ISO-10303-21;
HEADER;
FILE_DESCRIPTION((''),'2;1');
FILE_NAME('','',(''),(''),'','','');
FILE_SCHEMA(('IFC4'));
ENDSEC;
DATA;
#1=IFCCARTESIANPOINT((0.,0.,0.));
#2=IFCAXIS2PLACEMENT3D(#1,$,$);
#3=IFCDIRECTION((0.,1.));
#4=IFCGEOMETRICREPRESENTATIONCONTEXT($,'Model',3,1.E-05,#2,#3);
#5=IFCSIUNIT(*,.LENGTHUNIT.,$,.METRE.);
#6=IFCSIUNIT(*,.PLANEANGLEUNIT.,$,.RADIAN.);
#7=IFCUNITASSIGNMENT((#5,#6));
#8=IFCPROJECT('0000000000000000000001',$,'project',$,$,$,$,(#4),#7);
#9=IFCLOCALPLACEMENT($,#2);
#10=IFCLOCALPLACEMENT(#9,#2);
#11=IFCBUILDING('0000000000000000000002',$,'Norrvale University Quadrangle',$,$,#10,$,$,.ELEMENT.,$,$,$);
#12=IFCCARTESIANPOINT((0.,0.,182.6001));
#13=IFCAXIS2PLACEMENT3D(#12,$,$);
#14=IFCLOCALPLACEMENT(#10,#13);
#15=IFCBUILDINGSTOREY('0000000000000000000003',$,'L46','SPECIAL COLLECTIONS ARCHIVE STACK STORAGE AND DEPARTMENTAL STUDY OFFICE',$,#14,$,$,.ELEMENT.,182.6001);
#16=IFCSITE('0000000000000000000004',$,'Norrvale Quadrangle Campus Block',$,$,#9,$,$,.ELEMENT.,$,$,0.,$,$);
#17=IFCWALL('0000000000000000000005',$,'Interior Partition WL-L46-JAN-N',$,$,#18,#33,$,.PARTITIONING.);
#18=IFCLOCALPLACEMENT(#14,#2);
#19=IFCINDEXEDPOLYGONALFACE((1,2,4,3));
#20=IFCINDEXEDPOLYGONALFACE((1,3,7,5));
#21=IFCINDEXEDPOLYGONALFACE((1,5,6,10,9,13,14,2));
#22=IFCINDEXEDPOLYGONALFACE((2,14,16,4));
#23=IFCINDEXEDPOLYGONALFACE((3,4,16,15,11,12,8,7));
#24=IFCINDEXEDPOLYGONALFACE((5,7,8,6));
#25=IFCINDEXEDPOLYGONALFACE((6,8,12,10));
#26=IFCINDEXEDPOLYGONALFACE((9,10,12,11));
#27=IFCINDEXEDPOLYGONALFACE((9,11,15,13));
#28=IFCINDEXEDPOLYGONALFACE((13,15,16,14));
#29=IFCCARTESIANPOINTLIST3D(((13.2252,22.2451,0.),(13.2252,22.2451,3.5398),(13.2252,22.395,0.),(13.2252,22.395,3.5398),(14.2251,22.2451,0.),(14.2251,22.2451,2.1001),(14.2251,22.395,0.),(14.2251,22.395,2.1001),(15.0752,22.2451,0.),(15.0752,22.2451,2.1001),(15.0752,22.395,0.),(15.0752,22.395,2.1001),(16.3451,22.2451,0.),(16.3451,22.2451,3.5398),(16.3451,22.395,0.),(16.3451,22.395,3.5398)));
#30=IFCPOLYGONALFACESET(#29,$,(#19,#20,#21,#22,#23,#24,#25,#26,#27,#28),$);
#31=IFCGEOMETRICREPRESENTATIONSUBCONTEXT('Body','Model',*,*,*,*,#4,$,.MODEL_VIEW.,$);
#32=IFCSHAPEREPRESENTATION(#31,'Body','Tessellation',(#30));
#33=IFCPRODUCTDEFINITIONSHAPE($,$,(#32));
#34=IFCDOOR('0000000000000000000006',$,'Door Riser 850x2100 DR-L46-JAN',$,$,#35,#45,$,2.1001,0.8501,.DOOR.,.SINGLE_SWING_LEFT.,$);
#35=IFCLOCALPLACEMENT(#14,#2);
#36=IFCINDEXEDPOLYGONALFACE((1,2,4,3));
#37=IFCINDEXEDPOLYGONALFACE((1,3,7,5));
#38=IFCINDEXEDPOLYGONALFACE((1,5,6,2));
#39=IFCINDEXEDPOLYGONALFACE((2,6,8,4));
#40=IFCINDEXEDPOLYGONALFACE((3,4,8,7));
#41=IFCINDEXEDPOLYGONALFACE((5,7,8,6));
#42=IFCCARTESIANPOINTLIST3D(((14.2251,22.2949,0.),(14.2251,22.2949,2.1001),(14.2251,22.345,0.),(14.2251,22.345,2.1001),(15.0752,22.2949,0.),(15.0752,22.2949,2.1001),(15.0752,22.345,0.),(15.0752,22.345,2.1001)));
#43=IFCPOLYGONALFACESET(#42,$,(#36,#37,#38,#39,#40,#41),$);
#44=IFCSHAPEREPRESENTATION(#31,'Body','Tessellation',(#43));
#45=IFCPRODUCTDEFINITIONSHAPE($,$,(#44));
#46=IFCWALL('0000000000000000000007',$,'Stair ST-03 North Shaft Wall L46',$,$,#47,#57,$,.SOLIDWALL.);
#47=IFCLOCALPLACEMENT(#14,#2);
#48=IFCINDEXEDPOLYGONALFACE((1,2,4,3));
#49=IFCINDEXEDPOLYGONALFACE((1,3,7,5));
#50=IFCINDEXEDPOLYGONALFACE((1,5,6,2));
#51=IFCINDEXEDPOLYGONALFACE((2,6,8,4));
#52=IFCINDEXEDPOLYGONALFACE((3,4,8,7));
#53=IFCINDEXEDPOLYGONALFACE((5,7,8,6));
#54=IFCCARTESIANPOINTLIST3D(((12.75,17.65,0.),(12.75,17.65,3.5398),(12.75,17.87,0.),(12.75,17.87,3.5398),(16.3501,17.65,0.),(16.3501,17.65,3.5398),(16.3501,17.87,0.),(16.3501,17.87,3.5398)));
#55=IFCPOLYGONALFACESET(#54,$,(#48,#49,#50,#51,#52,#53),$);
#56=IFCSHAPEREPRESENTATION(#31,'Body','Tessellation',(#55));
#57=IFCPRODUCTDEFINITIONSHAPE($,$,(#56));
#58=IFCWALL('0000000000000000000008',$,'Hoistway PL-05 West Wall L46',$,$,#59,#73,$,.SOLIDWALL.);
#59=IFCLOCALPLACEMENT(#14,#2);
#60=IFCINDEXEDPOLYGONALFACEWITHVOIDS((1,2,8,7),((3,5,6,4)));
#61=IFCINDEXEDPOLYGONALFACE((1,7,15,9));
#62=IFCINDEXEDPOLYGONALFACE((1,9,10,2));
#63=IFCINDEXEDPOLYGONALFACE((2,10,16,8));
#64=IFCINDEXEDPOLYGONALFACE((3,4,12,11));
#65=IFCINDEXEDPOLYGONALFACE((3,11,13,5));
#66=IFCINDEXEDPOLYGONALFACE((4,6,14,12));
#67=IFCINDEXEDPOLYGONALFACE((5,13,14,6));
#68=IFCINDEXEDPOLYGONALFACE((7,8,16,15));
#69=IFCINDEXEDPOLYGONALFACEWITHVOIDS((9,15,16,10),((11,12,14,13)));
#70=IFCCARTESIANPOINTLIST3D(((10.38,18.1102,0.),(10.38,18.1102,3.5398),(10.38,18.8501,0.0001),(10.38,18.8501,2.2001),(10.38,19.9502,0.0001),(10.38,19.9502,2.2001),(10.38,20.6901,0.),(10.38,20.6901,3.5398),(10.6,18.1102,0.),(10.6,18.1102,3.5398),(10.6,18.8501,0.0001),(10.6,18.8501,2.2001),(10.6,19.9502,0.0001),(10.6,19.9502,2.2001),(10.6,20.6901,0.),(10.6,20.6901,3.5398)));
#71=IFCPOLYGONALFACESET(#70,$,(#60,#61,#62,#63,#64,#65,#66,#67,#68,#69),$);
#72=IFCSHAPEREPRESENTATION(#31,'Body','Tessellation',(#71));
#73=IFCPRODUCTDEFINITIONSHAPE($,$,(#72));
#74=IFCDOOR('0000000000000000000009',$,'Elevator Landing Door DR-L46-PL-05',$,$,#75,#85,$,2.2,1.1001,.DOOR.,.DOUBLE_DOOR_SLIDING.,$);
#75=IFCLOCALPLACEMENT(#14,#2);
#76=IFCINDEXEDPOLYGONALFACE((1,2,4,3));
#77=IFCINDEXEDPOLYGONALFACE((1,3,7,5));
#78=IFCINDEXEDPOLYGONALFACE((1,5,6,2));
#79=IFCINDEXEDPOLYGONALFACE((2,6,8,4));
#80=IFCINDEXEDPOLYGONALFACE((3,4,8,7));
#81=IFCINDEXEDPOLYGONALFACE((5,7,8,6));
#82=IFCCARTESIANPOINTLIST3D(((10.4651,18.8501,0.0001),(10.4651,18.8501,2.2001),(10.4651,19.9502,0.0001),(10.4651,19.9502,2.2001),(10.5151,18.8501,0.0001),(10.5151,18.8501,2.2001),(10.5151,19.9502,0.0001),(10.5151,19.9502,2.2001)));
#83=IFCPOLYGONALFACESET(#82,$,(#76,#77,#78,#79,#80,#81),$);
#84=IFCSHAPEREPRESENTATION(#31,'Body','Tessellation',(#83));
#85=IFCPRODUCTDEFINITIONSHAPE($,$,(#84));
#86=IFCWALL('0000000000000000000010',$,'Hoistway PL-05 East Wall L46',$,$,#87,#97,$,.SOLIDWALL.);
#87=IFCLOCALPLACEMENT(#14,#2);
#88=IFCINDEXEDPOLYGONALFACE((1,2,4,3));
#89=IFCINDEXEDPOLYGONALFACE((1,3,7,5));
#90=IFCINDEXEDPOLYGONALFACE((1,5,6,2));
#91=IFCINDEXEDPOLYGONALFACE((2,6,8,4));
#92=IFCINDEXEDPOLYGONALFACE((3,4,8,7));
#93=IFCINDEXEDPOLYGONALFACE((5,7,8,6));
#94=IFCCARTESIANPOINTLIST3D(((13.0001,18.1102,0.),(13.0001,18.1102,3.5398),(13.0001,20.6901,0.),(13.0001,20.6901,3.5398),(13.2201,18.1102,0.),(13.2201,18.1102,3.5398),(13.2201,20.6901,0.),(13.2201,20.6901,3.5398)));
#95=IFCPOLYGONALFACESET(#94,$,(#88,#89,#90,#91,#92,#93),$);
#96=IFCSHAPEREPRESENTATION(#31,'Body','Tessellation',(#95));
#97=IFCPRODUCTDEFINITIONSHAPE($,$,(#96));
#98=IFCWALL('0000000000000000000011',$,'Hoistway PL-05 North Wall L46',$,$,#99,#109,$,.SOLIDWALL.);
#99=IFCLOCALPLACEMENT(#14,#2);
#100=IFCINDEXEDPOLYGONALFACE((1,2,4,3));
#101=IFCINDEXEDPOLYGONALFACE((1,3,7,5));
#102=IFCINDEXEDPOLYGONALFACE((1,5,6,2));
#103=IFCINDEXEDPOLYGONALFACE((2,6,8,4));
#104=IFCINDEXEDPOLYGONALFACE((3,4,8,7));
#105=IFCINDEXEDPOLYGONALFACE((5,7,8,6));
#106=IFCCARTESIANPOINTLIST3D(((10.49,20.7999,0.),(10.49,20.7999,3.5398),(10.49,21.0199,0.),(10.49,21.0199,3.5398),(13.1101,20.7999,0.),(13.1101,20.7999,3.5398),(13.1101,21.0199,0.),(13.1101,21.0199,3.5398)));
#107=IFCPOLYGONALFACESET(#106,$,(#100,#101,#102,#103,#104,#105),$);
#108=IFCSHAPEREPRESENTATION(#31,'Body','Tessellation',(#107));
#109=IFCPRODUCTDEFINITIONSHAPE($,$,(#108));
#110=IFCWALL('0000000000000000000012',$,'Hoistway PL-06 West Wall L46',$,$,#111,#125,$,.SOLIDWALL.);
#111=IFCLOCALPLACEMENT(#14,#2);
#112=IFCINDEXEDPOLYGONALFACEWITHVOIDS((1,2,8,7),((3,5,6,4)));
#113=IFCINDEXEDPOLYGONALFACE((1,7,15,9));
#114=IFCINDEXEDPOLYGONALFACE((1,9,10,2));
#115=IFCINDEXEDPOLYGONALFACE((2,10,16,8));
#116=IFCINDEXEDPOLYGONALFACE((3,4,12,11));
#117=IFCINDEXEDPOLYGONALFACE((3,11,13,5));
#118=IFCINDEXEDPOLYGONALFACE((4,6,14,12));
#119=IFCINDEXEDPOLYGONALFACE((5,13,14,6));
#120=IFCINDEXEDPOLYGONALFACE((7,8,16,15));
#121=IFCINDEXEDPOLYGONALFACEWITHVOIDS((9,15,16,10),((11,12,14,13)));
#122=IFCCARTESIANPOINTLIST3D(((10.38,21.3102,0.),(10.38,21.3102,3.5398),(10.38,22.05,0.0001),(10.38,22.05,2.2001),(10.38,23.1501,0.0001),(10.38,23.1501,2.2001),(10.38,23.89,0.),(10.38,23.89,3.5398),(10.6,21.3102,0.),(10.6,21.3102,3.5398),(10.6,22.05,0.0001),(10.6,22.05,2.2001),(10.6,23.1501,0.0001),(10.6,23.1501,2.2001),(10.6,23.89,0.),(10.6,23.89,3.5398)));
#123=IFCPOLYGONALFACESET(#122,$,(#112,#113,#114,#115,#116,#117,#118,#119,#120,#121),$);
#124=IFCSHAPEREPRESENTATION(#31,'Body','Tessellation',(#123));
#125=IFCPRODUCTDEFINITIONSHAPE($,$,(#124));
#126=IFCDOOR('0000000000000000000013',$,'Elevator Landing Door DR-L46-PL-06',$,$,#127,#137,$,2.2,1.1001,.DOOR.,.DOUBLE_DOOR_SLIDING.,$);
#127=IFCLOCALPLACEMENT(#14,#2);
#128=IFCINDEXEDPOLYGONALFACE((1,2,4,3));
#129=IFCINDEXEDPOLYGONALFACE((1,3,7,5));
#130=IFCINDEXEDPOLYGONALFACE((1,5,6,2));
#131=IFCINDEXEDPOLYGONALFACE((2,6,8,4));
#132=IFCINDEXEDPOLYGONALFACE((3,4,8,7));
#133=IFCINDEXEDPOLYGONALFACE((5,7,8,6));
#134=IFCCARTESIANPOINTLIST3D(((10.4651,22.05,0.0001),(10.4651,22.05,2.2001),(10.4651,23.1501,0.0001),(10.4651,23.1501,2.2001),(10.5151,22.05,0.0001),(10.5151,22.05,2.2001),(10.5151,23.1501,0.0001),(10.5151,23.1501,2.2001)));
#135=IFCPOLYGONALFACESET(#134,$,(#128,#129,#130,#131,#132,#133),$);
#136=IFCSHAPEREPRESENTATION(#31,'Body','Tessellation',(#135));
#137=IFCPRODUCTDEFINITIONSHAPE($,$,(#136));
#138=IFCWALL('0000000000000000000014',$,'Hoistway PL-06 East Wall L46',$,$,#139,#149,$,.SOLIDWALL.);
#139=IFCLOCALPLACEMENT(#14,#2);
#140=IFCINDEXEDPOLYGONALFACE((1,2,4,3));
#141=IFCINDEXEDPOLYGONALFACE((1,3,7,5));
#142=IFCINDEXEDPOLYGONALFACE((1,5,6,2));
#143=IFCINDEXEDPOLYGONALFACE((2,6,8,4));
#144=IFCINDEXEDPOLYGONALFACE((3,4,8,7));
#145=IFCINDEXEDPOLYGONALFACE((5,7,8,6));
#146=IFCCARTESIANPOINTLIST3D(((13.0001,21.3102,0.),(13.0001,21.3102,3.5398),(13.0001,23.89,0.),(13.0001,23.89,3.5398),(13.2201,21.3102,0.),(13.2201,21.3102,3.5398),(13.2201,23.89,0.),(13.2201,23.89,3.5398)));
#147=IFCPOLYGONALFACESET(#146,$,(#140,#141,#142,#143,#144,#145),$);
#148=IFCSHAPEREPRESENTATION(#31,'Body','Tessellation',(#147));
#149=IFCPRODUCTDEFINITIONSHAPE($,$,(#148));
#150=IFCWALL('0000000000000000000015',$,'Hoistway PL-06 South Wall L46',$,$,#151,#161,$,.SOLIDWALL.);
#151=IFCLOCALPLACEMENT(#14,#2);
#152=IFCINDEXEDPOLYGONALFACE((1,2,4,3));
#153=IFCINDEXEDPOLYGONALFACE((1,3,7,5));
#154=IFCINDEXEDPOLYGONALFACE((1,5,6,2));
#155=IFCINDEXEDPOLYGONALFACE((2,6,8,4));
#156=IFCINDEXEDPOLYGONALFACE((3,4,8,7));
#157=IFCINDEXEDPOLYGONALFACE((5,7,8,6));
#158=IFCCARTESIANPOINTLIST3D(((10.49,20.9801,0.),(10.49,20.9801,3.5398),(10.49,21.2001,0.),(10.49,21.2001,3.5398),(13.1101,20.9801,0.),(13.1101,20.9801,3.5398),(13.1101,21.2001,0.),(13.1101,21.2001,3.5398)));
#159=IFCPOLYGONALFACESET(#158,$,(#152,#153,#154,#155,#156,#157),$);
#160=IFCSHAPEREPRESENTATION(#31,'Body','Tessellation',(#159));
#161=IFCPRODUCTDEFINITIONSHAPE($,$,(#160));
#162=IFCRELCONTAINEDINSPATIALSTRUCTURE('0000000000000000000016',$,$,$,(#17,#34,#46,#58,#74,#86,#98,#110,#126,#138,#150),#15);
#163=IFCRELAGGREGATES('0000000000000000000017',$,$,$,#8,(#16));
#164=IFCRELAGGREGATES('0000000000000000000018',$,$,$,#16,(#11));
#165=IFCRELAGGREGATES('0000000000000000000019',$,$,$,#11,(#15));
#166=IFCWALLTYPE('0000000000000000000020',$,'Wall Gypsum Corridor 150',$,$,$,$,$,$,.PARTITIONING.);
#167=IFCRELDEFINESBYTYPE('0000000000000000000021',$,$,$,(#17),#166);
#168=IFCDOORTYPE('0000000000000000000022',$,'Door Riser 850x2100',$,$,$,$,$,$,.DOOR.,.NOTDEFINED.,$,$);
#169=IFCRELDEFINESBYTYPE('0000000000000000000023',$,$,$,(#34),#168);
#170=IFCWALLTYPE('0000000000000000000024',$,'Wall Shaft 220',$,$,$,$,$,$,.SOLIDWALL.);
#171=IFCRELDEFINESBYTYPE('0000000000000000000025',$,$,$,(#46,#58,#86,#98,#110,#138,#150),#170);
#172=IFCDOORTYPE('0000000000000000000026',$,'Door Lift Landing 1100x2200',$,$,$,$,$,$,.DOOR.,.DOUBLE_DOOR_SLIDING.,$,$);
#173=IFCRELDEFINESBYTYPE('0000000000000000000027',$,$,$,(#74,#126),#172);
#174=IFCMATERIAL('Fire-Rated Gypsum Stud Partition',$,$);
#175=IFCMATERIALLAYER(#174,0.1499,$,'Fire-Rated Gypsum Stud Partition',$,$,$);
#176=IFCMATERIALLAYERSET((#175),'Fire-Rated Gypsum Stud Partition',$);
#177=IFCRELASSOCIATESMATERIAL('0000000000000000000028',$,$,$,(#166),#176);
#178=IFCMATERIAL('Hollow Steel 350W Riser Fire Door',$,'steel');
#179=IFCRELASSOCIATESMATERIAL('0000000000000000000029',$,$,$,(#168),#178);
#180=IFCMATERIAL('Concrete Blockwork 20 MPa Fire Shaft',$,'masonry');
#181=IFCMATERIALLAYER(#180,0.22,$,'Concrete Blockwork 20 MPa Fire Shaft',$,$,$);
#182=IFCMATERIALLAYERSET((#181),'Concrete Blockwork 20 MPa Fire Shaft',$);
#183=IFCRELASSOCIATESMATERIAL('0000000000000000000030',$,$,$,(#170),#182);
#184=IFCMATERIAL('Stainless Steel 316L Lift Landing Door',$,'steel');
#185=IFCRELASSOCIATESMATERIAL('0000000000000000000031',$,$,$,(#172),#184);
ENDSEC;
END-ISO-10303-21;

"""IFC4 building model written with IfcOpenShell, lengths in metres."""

from ifc_helpers import new_model, si_unit, direction, frame, frame_2d, origin, place, context, subcontext, project, spatial, rectangle, extrude, material, layer, layer_set, type_object, element, fill, save


model = new_model("IFC4")

# Units and contexts
model_context = context("Model", 3, precision=1e-05, world=origin(), true_north=direction((0.0, 1.0)))
body_context = subcontext(model_context, "Body", "Model", "MODEL_VIEW")
ifc_project = project(units=[si_unit("LENGTHUNIT", "METRE"), si_unit("PLANEANGLEUNIT", "RADIAN")], contexts=[model_context])

# Site, building, storey
site_placement = place(None, origin())
site = spatial("IfcSite", under=ifc_project, at=site_placement, Name="Norrvale Quadrangle Campus Block", CompositionType="ELEMENT", RefElevation=0.0)
building_placement = place(site_placement, origin())
building = spatial("IfcBuilding", under=site, at=building_placement, Name="Norrvale University Quadrangle", CompositionType="ELEMENT")
storey_placement = place(building_placement, frame((0.0, 0.0, 182.6001)))
storey = spatial("IfcBuildingStorey", under=building, at=storey_placement, Name="L46", Description="SPECIAL COLLECTIONS ARCHIVE STACK STORAGE AND DEPARTMENTAL STUDY OFFICE", CompositionType="ELEMENT", Elevation=182.6001)

# Shared definitions
ifc_material_1 = material(Name="Fire-Rated Gypsum Stud Partition")
ifc_layer_1 = layer(ifc_material_1, 0.1499, Name="Fire-Rated Gypsum Stud Partition")
ifc_layer_set_1 = layer_set([ifc_layer_1], Name="Fire-Rated Gypsum Stud Partition")
wall_type_1 = type_object("IfcWallType", Name="Wall Gypsum Corridor 150", PredefinedType="PARTITIONING", material=ifc_layer_set_1)
ifc_material_2 = material(Name="Hollow Steel 350W Riser Fire Door", Category="steel")
door_type_1 = type_object("IfcDoorType", Name="Door Riser 850x2100", OperationType="NOTDEFINED", PredefinedType="DOOR", material=ifc_material_2)

# Wall, opening, door
wall_1_placement = place(storey_placement, frame((13.2251, 22.3201, 0.0), z_axis=(0.0, 0.0, 1.0), x_axis=(1.0, 0.0, 0.0)))
wall_1 = element("IfcWall", 1, at=wall_1_placement, inside=storey, type_object=wall_type_1, Name="Interior Partition WL-L46-JAN-N", PredefinedType="PARTITIONING", context=body_context, shape_type="SweptSolid", body=[
    extrude(rectangle(XDim=3.1199, YDim=0.1499, at=frame_2d((1.5601, 0.0))), origin(), (0.0, 0.0, 1.0), 3.5398),
])
opening_1_placement = place(wall_1_placement, frame((1.0, 0.0, 0.0)))
opening_1 = element("IfcOpeningElement", 2, at=opening_1_placement, cuts=wall_1, PredefinedType="OPENING", context=body_context, shape_type="SweptSolid", body=[
    extrude(rectangle(XDim=0.8501, YDim=2.1001, at=frame_2d((0.425, 1.05))), frame((0.0, 0.0869, 0.0), z_axis=(0.0, -1.0, 0.0), x_axis=(1.0, 0.0, 0.0)), (0.0, 0.0, 1.0), 0.1738),
])
door_1_placement = place(opening_1_placement, origin())
door_1 = element("IfcDoor", 3, at=door_1_placement, inside=storey, type_object=door_type_1, Name="Door Riser 850x2100 DR-L46-JAN", OperationType="SINGLE_SWING_LEFT", OverallHeight=2.1001, OverallWidth=0.8501, PredefinedType="DOOR", context=body_context, shape_type="SweptSolid", body=[
    extrude(rectangle(XDim=0.8501, YDim=2.1001, at=frame_2d((0.425, 1.05))), frame((0.0, 0.0249, 0.0), z_axis=(0.0, -1.0, 0.0), x_axis=(1.0, 0.0, 0.0)), (0.0, 0.0, 1.0), 0.05),
])
fill(opening_1, door_1)

# Wall
ifc_material_3 = material(Name="Concrete Blockwork 20 MPa Fire Shaft", Category="masonry")
ifc_layer_2 = layer(ifc_material_3, 0.22, Name="Concrete Blockwork 20 MPa Fire Shaft")
ifc_layer_set_2 = layer_set([ifc_layer_2], Name="Concrete Blockwork 20 MPa Fire Shaft")
wall_type_2 = type_object("IfcWallType", Name="Wall Shaft 220", PredefinedType="SOLIDWALL", material=ifc_layer_set_2)
wall_2_placement = place(storey_placement, frame((12.75, 17.76, 0.0), z_axis=(0.0, 0.0, 1.0), x_axis=(1.0, 0.0, 0.0)))
element("IfcWall", 4, at=wall_2_placement, inside=storey, type_object=wall_type_2, Name="Stair ST-03 North Shaft Wall L46", PredefinedType="SOLIDWALL", context=body_context, shape_type="SweptSolid", body=[
    extrude(rectangle(XDim=3.6001, YDim=0.22, at=frame_2d((1.8, 0.0))), origin(), (0.0, 0.0, 1.0), 3.5398),
])

# Wall, opening, door
wall_3_placement = place(storey_placement, frame((10.49, 18.1101, 0.0), z_axis=(0.0, 0.0, 1.0), x_axis=(0.0, 1.0, 0.0)))
wall_3 = element("IfcWall", 5, at=wall_3_placement, inside=storey, type_object=wall_type_2, Name="Hoistway PL-05 West Wall L46", PredefinedType="SOLIDWALL", context=body_context, shape_type="SweptSolid", body=[
    extrude(rectangle(XDim=2.5798, YDim=0.22, at=frame_2d((1.29, 0.0))), origin(), (0.0, 0.0, 1.0), 3.5398),
])
opening_2_placement = place(wall_3_placement, frame((0.74, 0.0, 0.0)))
opening_2 = element("IfcOpeningElement", 6, at=opening_2_placement, cuts=wall_3, PredefinedType="OPENING", context=body_context, shape_type="SweptSolid", body=[
    extrude(rectangle(XDim=1.1001, YDim=2.2, at=frame_2d((0.55, 1.1001))), frame((0.0, 0.1221, 0.0), z_axis=(0.0, -1.0, 0.0), x_axis=(1.0, 0.0, 0.0)), (0.0, 0.0, 1.0), 0.2439),
])
ifc_material_4 = material(Name="Stainless Steel 316L Lift Landing Door", Category="steel")
door_type_2 = type_object("IfcDoorType", Name="Door Lift Landing 1100x2200", OperationType="DOUBLE_DOOR_SLIDING", PredefinedType="DOOR", material=ifc_material_4)
door_2_placement = place(opening_2_placement, origin())
door_2 = element("IfcDoor", 7, at=door_2_placement, inside=storey, type_object=door_type_2, Name="Elevator Landing Door DR-L46-PL-05", OperationType="DOUBLE_DOOR_SLIDING", OverallHeight=2.2, OverallWidth=1.1001, PredefinedType="DOOR", context=body_context, shape_type="SweptSolid", body=[
    extrude(rectangle(XDim=1.1001, YDim=2.2, at=frame_2d((0.55, 1.1001))), frame((0.0, 0.0249, 0.0), z_axis=(0.0, -1.0, 0.0), x_axis=(1.0, 0.0, 0.0)), (0.0, 0.0, 1.0), 0.05),
])
fill(opening_2, door_2)

# Walls
wall_4_placement = place(storey_placement, frame((13.1101, 18.1101, 0.0), z_axis=(0.0, 0.0, 1.0), x_axis=(0.0, 1.0, 0.0)))
element("IfcWall", 8, at=wall_4_placement, inside=storey, type_object=wall_type_2, Name="Hoistway PL-05 East Wall L46", PredefinedType="SOLIDWALL", context=body_context, shape_type="SweptSolid", body=[
    extrude(rectangle(XDim=2.5798, YDim=0.22, at=frame_2d((1.29, 0.0))), origin(), (0.0, 0.0, 1.0), 3.5398),
])
wall_5_placement = place(storey_placement, frame((10.49, 20.9099, 0.0), z_axis=(0.0, 0.0, 1.0), x_axis=(1.0, 0.0, 0.0)))
element("IfcWall", 9, at=wall_5_placement, inside=storey, type_object=wall_type_2, Name="Hoistway PL-05 North Wall L46", PredefinedType="SOLIDWALL", context=body_context, shape_type="SweptSolid", body=[
    extrude(rectangle(XDim=2.6201, YDim=0.22, at=frame_2d((1.3101, 0.0))), origin(), (0.0, 0.0, 1.0), 3.5398),
])

# Wall, opening, door
wall_6_placement = place(storey_placement, frame((10.49, 21.3101, 0.0), z_axis=(0.0, 0.0, 1.0), x_axis=(0.0, 1.0, 0.0)))
wall_6 = element("IfcWall", 10, at=wall_6_placement, inside=storey, type_object=wall_type_2, Name="Hoistway PL-06 West Wall L46", PredefinedType="SOLIDWALL", context=body_context, shape_type="SweptSolid", body=[
    extrude(rectangle(XDim=2.5798, YDim=0.22, at=frame_2d((1.29, 0.0))), origin(), (0.0, 0.0, 1.0), 3.5398),
])
opening_3_placement = place(wall_6_placement, frame((0.74, 0.0, 0.0)))
opening_3 = element("IfcOpeningElement", 11, at=opening_3_placement, cuts=wall_6, PredefinedType="OPENING", context=body_context, shape_type="SweptSolid", body=[
    extrude(rectangle(XDim=1.1001, YDim=2.2, at=frame_2d((0.55, 1.1001))), frame((0.0, 0.1221, 0.0), z_axis=(0.0, -1.0, 0.0), x_axis=(1.0, 0.0, 0.0)), (0.0, 0.0, 1.0), 0.2439),
])
door_3_placement = place(opening_3_placement, origin())
door_3 = element("IfcDoor", 12, at=door_3_placement, inside=storey, type_object=door_type_2, Name="Elevator Landing Door DR-L46-PL-06", OperationType="DOUBLE_DOOR_SLIDING", OverallHeight=2.2, OverallWidth=1.1001, PredefinedType="DOOR", context=body_context, shape_type="SweptSolid", body=[
    extrude(rectangle(XDim=1.1001, YDim=2.2, at=frame_2d((0.55, 1.1001))), frame((0.0, 0.0249, 0.0), z_axis=(0.0, -1.0, 0.0), x_axis=(1.0, 0.0, 0.0)), (0.0, 0.0, 1.0), 0.05),
])
fill(opening_3, door_3)

# Walls
wall_7_placement = place(storey_placement, frame((13.1101, 21.3101, 0.0), z_axis=(0.0, 0.0, 1.0), x_axis=(0.0, 1.0, 0.0)))
element("IfcWall", 13, at=wall_7_placement, inside=storey, type_object=wall_type_2, Name="Hoistway PL-06 East Wall L46", PredefinedType="SOLIDWALL", context=body_context, shape_type="SweptSolid", body=[
    extrude(rectangle(XDim=2.5798, YDim=0.22, at=frame_2d((1.29, 0.0))), origin(), (0.0, 0.0, 1.0), 3.5398),
])
wall_8_placement = place(storey_placement, frame((10.49, 21.0901, 0.0), z_axis=(0.0, 0.0, 1.0), x_axis=(1.0, 0.0, 0.0)))
element("IfcWall", 14, at=wall_8_placement, inside=storey, type_object=wall_type_2, Name="Hoistway PL-06 South Wall L46", PredefinedType="SOLIDWALL", context=body_context, shape_type="SweptSolid", body=[
    extrude(rectangle(XDim=2.6201, YDim=0.22, at=frame_2d((1.3101, 0.0))), origin(), (0.0, 0.0, 1.0), 3.5398),
])

save(model, "model.ifc")
